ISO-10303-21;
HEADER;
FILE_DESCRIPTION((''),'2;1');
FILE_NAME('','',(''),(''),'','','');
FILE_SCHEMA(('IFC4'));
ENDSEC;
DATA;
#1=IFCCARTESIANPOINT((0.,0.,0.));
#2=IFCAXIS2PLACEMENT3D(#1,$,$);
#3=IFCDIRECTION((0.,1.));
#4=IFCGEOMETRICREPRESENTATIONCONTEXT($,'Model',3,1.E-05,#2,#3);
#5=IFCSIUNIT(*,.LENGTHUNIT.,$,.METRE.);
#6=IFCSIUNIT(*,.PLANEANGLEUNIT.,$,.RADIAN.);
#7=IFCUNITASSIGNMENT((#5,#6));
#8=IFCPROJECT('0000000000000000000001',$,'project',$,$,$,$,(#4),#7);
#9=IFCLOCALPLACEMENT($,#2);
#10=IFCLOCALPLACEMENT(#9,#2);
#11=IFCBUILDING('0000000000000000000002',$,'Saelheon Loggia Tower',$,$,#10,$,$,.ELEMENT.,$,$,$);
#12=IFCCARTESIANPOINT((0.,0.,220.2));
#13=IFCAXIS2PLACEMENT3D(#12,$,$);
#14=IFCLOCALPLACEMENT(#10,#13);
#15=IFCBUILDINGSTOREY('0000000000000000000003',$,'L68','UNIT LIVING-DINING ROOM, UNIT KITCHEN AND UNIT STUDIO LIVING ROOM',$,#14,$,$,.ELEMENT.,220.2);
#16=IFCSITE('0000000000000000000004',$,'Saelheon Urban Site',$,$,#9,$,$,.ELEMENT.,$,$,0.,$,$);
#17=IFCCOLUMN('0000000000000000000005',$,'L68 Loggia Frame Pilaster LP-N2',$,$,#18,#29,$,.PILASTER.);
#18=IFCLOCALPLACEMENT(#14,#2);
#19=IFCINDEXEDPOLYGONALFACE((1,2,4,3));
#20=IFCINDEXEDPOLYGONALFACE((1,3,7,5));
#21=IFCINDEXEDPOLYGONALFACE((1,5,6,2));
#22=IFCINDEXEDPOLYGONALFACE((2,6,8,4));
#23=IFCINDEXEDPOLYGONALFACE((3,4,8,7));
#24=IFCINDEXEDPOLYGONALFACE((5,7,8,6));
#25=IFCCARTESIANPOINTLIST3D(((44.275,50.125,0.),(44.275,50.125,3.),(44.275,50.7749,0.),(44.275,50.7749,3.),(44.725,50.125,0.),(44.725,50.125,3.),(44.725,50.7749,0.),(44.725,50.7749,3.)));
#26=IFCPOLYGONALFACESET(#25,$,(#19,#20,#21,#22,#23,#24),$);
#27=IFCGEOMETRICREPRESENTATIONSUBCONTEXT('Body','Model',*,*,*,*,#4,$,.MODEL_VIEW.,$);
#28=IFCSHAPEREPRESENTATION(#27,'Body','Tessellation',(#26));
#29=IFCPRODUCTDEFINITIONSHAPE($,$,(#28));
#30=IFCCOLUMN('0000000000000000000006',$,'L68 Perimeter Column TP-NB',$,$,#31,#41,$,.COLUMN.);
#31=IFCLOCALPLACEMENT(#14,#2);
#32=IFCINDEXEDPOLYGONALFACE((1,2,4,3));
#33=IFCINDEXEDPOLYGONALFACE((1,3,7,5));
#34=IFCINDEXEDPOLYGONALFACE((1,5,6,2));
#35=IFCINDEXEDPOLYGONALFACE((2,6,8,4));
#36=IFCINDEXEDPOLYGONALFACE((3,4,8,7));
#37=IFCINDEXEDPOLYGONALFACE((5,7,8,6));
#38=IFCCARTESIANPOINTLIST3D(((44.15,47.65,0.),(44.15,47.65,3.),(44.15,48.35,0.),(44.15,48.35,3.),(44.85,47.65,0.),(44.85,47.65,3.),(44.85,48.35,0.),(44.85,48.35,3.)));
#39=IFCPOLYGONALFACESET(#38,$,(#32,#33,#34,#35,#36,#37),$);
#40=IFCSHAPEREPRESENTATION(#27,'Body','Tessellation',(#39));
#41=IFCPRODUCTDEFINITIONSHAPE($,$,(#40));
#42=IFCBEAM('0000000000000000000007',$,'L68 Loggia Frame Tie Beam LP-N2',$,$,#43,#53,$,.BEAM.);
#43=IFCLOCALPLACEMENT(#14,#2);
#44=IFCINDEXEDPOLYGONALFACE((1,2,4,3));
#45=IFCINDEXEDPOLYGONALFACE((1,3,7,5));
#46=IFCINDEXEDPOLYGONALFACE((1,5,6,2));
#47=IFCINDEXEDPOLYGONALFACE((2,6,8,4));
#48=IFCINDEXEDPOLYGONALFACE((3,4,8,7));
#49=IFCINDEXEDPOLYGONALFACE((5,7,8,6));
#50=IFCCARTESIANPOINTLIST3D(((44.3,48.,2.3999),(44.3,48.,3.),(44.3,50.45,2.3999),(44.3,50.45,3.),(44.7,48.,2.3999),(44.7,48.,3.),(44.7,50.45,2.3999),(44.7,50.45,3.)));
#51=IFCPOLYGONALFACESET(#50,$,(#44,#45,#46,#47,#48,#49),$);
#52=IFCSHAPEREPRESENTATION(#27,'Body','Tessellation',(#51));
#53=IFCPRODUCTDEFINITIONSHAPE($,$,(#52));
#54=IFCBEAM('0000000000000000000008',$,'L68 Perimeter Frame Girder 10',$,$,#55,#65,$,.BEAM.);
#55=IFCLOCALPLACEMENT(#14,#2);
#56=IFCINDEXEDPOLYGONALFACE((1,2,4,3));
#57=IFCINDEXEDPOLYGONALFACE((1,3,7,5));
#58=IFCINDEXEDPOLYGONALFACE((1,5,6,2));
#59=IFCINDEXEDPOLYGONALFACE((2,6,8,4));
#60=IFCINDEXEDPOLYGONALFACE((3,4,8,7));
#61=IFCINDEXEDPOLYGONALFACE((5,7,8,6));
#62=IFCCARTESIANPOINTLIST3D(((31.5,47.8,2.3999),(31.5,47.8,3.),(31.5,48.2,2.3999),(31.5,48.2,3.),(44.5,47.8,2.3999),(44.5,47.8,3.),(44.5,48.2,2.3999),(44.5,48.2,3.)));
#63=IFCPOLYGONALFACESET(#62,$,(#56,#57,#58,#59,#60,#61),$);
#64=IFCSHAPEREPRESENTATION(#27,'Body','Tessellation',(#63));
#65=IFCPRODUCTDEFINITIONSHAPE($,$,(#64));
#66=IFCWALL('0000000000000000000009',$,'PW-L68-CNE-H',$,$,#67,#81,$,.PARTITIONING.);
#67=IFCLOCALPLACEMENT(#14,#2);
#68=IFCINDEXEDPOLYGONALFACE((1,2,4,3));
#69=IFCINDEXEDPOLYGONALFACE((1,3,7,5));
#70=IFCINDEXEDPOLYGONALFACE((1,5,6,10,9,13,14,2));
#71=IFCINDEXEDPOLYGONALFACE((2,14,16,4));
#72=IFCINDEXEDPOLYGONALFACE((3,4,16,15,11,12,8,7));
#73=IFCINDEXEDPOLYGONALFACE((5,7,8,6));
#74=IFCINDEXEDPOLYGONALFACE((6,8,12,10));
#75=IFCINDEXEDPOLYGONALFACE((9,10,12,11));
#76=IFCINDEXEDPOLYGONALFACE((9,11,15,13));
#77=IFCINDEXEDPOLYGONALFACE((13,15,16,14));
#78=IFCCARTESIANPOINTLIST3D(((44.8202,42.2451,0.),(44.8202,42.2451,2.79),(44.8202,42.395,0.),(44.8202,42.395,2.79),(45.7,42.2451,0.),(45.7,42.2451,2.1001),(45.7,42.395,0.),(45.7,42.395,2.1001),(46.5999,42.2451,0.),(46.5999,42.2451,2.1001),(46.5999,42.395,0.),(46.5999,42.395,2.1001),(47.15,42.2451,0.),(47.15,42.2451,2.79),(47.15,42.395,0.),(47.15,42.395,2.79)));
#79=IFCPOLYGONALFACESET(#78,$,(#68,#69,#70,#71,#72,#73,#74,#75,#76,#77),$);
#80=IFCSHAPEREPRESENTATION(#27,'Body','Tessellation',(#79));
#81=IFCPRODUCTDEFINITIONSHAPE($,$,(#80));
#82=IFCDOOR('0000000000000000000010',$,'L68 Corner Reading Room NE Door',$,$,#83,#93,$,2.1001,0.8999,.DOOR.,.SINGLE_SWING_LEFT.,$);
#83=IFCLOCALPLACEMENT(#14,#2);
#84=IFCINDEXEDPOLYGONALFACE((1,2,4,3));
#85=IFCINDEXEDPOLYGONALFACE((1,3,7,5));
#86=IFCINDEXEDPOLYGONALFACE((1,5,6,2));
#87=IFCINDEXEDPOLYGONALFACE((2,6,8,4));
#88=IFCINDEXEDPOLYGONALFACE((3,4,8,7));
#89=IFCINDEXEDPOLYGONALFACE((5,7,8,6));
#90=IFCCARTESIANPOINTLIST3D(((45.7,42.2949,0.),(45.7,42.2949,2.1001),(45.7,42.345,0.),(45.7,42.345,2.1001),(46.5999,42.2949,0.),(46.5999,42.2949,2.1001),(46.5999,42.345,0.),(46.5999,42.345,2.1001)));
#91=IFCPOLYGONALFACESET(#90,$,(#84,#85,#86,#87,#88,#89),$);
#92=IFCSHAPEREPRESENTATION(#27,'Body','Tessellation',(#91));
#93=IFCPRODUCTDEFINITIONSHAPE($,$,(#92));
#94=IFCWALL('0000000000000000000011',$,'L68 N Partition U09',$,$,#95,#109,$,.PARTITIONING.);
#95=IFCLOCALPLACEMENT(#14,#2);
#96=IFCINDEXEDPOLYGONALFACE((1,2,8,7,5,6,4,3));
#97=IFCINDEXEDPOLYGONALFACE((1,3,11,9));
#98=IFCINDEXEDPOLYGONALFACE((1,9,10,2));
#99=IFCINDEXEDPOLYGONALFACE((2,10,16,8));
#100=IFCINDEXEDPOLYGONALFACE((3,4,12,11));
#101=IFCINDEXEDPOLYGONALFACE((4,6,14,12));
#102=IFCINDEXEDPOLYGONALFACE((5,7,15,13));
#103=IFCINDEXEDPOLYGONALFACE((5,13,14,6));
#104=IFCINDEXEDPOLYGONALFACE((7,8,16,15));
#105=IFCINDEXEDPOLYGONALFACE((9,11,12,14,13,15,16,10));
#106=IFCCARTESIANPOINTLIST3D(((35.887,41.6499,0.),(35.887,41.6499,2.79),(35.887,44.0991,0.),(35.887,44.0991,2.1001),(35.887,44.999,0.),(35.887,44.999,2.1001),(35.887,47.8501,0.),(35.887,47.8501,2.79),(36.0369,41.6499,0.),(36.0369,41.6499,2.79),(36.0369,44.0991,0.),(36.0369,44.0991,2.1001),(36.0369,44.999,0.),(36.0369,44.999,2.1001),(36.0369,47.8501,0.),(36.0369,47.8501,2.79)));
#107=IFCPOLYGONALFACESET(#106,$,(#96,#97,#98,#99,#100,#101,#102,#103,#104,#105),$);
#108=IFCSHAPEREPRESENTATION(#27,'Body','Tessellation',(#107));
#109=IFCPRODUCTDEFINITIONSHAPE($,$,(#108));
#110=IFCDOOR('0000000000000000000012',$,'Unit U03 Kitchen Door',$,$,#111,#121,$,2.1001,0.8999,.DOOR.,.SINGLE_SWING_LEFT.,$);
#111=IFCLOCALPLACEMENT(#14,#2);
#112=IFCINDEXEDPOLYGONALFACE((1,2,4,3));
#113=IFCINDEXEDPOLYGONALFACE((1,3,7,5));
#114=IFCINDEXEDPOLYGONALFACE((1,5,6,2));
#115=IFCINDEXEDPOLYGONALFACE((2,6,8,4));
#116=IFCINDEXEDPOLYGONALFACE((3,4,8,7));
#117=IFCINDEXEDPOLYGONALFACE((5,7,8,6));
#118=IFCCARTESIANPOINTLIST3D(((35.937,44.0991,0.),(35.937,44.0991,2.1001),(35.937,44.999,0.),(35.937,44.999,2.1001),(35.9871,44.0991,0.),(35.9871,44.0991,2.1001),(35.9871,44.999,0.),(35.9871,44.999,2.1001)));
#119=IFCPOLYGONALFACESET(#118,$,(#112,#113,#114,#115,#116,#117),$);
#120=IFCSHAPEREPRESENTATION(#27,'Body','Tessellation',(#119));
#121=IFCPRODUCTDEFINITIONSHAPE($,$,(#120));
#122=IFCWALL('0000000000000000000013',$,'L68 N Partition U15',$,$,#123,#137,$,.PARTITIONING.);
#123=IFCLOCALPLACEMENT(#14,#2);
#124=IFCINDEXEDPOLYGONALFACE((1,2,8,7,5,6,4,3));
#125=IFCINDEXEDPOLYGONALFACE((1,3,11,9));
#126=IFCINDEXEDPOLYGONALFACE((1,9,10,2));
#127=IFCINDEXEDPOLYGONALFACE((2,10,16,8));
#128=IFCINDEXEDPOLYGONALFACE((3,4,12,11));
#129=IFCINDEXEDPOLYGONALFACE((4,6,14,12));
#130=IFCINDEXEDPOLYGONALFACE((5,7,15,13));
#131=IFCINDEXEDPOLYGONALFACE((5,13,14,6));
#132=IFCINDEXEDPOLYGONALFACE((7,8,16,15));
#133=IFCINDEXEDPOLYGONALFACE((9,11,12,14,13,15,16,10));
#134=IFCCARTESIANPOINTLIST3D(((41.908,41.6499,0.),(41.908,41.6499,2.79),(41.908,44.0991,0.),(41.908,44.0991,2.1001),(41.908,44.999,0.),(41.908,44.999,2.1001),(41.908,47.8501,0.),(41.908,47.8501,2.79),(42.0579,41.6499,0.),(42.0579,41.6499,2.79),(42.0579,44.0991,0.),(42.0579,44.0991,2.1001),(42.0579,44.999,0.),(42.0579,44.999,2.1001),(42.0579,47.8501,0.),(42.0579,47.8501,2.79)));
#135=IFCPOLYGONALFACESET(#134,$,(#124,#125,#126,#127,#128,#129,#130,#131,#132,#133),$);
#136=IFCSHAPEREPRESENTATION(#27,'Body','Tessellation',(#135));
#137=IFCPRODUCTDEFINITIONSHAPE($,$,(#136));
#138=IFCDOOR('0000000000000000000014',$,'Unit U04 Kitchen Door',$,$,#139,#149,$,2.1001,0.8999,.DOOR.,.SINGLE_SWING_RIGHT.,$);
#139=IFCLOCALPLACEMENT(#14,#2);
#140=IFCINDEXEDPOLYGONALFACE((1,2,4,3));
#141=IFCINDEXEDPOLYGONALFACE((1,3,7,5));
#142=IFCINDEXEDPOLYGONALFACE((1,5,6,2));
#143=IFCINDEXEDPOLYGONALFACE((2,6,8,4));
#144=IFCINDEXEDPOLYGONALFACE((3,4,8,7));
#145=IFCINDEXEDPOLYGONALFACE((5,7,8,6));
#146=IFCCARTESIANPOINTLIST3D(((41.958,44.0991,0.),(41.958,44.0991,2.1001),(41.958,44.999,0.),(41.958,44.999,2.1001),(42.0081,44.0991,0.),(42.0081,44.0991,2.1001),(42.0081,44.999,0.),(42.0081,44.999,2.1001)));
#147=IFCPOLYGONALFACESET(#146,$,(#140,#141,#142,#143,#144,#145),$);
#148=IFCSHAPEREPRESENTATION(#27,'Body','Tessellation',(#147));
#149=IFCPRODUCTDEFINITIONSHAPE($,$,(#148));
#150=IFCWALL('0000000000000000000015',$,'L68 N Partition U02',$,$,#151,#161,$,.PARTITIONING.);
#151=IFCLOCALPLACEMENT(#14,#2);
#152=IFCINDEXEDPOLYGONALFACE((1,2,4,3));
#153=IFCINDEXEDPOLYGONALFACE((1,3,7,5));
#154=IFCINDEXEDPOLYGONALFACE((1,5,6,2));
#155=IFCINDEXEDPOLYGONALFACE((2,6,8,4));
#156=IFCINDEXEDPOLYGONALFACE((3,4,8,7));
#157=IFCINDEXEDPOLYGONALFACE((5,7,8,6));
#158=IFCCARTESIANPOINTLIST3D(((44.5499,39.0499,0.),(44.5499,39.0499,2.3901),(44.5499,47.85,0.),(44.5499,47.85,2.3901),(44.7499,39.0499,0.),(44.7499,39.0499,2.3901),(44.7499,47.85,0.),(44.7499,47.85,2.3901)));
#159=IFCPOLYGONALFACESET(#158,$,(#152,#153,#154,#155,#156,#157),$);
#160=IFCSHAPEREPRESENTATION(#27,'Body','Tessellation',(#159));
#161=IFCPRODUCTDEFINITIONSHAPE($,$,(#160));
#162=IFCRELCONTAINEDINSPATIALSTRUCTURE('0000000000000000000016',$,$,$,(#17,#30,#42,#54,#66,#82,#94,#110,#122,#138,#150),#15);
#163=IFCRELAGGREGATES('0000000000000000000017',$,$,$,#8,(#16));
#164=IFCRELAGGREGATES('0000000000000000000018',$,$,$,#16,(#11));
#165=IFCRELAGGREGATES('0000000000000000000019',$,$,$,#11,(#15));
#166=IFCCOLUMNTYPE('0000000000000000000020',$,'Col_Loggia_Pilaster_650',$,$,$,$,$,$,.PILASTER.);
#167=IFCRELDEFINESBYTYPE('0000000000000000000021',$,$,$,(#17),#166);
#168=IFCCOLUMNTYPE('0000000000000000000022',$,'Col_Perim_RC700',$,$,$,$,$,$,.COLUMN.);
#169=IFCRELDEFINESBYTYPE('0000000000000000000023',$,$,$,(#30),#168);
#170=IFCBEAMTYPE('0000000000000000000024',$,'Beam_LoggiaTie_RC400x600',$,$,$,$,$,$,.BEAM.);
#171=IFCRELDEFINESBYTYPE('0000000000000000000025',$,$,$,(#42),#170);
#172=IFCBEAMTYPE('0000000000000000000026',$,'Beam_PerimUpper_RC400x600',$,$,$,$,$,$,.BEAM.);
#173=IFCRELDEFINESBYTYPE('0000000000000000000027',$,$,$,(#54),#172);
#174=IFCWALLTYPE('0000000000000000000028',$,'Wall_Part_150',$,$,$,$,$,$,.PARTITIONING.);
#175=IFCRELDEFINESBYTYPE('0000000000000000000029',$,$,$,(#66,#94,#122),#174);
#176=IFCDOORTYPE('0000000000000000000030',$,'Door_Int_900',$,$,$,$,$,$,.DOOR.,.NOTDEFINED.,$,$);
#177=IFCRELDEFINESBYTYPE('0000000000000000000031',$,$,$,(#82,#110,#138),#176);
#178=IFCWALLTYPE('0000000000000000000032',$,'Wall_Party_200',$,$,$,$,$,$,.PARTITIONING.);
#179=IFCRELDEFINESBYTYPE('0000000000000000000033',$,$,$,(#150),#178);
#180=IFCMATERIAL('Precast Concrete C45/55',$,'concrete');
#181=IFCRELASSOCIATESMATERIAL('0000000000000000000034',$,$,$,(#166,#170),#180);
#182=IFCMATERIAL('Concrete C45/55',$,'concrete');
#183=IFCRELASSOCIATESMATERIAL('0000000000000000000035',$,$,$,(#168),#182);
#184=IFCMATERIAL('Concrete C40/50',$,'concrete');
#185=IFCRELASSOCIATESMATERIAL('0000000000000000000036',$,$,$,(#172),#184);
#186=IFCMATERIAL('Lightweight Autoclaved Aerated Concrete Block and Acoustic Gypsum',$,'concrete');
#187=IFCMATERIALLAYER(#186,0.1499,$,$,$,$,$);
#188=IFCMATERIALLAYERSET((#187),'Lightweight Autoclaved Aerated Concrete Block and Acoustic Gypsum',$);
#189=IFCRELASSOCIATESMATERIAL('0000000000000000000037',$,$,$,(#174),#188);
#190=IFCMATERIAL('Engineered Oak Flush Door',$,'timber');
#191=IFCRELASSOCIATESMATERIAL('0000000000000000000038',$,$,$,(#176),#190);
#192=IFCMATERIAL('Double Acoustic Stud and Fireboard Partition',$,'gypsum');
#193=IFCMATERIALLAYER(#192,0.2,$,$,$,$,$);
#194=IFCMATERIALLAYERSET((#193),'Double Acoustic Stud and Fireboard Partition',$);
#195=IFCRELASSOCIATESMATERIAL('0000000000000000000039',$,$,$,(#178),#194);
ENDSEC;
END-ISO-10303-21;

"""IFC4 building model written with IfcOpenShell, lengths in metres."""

from ifc_helpers import new_model, si_unit, direction, frame, frame_2d, origin, origin_2d, place, context, subcontext, project, spatial, rectangle, extrude, source, transform, mapped, material, layer, layer_set, material_profile, profile_set, type_object, element, fill, save


model = new_model("IFC4")

# Units and contexts
model_context = context("Model", 3, precision=1e-05, world=origin(), true_north=direction((0.0, 1.0)))
body_context = subcontext(model_context, "Body", "Model", "MODEL_VIEW")
ifc_project = project(units=[si_unit("LENGTHUNIT", "METRE"), si_unit("PLANEANGLEUNIT", "RADIAN")], contexts=[model_context])

# Site, building, storey
site_placement = place(None, origin())
site = spatial("IfcSite", under=ifc_project, at=site_placement, Name="Saelheon Urban Site", CompositionType="ELEMENT", RefElevation=0.0)
building_placement = place(site_placement, origin())
building = spatial("IfcBuilding", under=site, at=building_placement, Name="Saelheon Loggia Tower", CompositionType="ELEMENT")
storey_placement = place(building_placement, frame((0.0, 0.0, 220.2)))
storey = spatial("IfcBuildingStorey", under=building, at=storey_placement, Name="L68", Description="UNIT LIVING-DINING ROOM, UNIT KITCHEN AND UNIT STUDIO LIVING ROOM", CompositionType="ELEMENT", Elevation=220.2)

# Columns
ifc_material_1 = material(Name="Precast Concrete C45/55", Category="concrete")
ifc_material_profile_1 = material_profile(ifc_material_1, rectangle(XDim=0.45, YDim=0.6499, at=origin_2d()), Name="RC-450x650")
ifc_profile_set_1 = profile_set([ifc_material_profile_1], Name="Precast Concrete C45/55")
column_type_1 = type_object("IfcColumnType", Name="Col_Loggia_Pilaster_650", PredefinedType="PILASTER", material=ifc_profile_set_1)
shared_shape_1 = source(origin(), body_context, "Body", "SweptSolid", [
    extrude(rectangle(XDim=0.45, YDim=0.6499, at=origin_2d()), origin(), (0.0, 0.0, 1.0), 3.0),
])
column_1_placement = place(storey_placement, frame((44.5, 50.45, 0.0), z_axis=(0.0, 0.0, 1.0), x_axis=(1.0, 0.0, 0.0)))
element("IfcColumn", 1, at=column_1_placement, inside=storey, type_object=column_type_1, Name="L68 Loggia Frame Pilaster LP-N2", PredefinedType="PILASTER", context=body_context, shape_type="MappedRepresentation", body=[
    mapped(shared_shape_1, transform((0.0, 0.0, 0.0), scale=1.0)),
])
ifc_material_2 = material(Name="Concrete C45/55", Category="concrete")
ifc_material_profile_2 = material_profile(ifc_material_2, rectangle(XDim=0.7, YDim=0.7, at=origin_2d()), Name="RC-700x700")
ifc_profile_set_2 = profile_set([ifc_material_profile_2], Name="Concrete C45/55")
column_type_2 = type_object("IfcColumnType", Name="Col_Perim_RC700", PredefinedType="COLUMN", material=ifc_profile_set_2)
shared_shape_2 = source(origin(), body_context, "Body", "SweptSolid", [
    extrude(rectangle(XDim=0.7, YDim=0.7, at=origin_2d()), origin(), (0.0, 0.0, 1.0), 3.0),
])
column_2_placement = place(storey_placement, frame((44.5, 48.0, 0.0), z_axis=(0.0, 0.0, 1.0), x_axis=(1.0, 0.0, 0.0)))
element("IfcColumn", 2, at=column_2_placement, inside=storey, type_object=column_type_2, Name="L68 Perimeter Column TP-NB", PredefinedType="COLUMN", context=body_context, shape_type="MappedRepresentation", body=[
    mapped(shared_shape_2, transform((0.0, 0.0, 0.0), scale=1.0)),
])

# Beams
ifc_material_profile_3 = material_profile(ifc_material_1, rectangle(XDim=0.3999, YDim=0.6001, at=origin_2d()), Name="RC-400x600")
ifc_profile_set_3 = profile_set([ifc_material_profile_3], Name="Precast Concrete C45/55")
beam_type_1 = type_object("IfcBeamType", Name="Beam_LoggiaTie_RC400x600", PredefinedType="BEAM", material=ifc_profile_set_3)
shared_shape_3 = source(origin(), body_context, "Body", "SweptSolid", [
    extrude(rectangle(XDim=0.3999, YDim=0.6001, at=origin_2d()), origin(), (0.0, 0.0, 1.0), 2.45),
])
beam_1_placement = place(storey_placement, frame((44.5, 48.0, 2.7), z_axis=(0.0, 1.0, 0.0), x_axis=(-1.0, 0.0, 0.0)))
element("IfcBeam", 3, at=beam_1_placement, inside=storey, type_object=beam_type_1, Name="L68 Loggia Frame Tie Beam LP-N2", PredefinedType="BEAM", context=body_context, shape_type="MappedRepresentation", body=[
    mapped(shared_shape_3, transform((0.0, 0.0, 0.0), scale=1.0)),
])
ifc_material_3 = material(Name="Concrete C40/50", Category="concrete")
ifc_material_profile_4 = material_profile(ifc_material_3, rectangle(XDim=0.3999, YDim=0.6001, at=origin_2d()), Name="RC-400x600")
ifc_profile_set_4 = profile_set([ifc_material_profile_4], Name="Concrete C40/50")
beam_type_2 = type_object("IfcBeamType", Name="Beam_PerimUpper_RC400x600", PredefinedType="BEAM", material=ifc_profile_set_4)
shared_shape_4 = source(origin(), body_context, "Body", "SweptSolid", [
    extrude(rectangle(XDim=0.3999, YDim=0.6001, at=origin_2d()), origin(), (0.0, 0.0, 1.0), 13.0),
])
beam_2_placement = place(storey_placement, frame((44.5, 48.0, 2.7), z_axis=(-1.0, 0.0, 0.0), x_axis=(0.0, -1.0, 0.0)))
element("IfcBeam", 4, at=beam_2_placement, inside=storey, type_object=beam_type_2, Name="L68 Perimeter Frame Girder 10", PredefinedType="BEAM", context=body_context, shape_type="MappedRepresentation", body=[
    mapped(shared_shape_4, transform((0.0, 0.0, 0.0), scale=1.0)),
])

# Walls, openings, doors
ifc_material_4 = material(Name="Lightweight Autoclaved Aerated Concrete Block and Acoustic Gypsum", Category="concrete")
ifc_layer_1 = layer(ifc_material_4, 0.1499)
ifc_layer_set_1 = layer_set([ifc_layer_1], Name="Lightweight Autoclaved Aerated Concrete Block and Acoustic Gypsum")
wall_type_1 = type_object("IfcWallType", Name="Wall_Part_150", PredefinedType="PARTITIONING", material=ifc_layer_set_1)
wall_1_placement = place(storey_placement, frame((44.8201, 42.3201, 0.0), z_axis=(0.0, 0.0, 1.0), x_axis=(1.0, 0.0, 0.0)))
wall_1 = element("IfcWall", 5, at=wall_1_placement, inside=storey, type_object=wall_type_1, Name="PW-L68-CNE-H", PredefinedType="PARTITIONING", context=body_context, shape_type="SweptSolid", body=[
    extrude(rectangle(XDim=2.3298, YDim=0.1499, at=frame_2d((1.165, 0.0))), origin(), (0.0, 0.0, 1.0), 2.79),
])
opening_1_placement = place(wall_1_placement, frame((0.8799, 0.0, 0.0)))
opening_1 = element("IfcOpeningElement", 6, at=opening_1_placement, cuts=wall_1, PredefinedType="OPENING", context=body_context, shape_type="SweptSolid", body=[
    extrude(rectangle(XDim=0.8999, YDim=2.1001, at=frame_2d((0.45, 1.05))), frame((0.0, 0.0869, 0.0), z_axis=(0.0, -1.0, 0.0), x_axis=(1.0, 0.0, 0.0)), (0.0, 0.0, 1.0), 0.1738),
])
ifc_material_5 = material(Name="Engineered Oak Flush Door", Category="timber")
door_type_1 = type_object("IfcDoorType", Name="Door_Int_900", OperationType="NOTDEFINED", PredefinedType="DOOR", material=ifc_material_5)
shared_shape_5 = source(origin(), body_context, "Body", "SweptSolid", [
    extrude(rectangle(XDim=0.8999, YDim=2.1001, at=frame_2d((0.45, 1.05))), frame((0.0, 0.0249, 0.0), z_axis=(0.0, -1.0, 0.0), x_axis=(1.0, 0.0, 0.0)), (0.0, 0.0, 1.0), 0.05),
])
door_1_placement = place(opening_1_placement, origin())
door_1 = element("IfcDoor", 7, at=door_1_placement, inside=storey, type_object=door_type_1, Name="L68 Corner Reading Room NE Door", OperationType="SINGLE_SWING_LEFT", OverallHeight=2.1001, OverallWidth=0.8999, PredefinedType="DOOR", context=body_context, shape_type="MappedRepresentation", body=[
    mapped(shared_shape_5, transform((0.0, 0.0, 0.0), scale=1.0)),
])
fill(opening_1, door_1)
wall_2_placement = place(storey_placement, frame((35.9619, 41.6499, 0.0), z_axis=(0.0, 0.0, 1.0), x_axis=(0.0, 1.0, 0.0)))
wall_2 = element("IfcWall", 8, at=wall_2_placement, inside=storey, type_object=wall_type_1, Name="L68 N Partition U09", PredefinedType="PARTITIONING", context=body_context, shape_type="SweptSolid", body=[
    extrude(rectangle(XDim=6.2002, YDim=0.1499, at=frame_2d((3.1001, 0.0))), origin(), (0.0, 0.0, 1.0), 2.79),
])
opening_2_placement = place(wall_2_placement, frame((2.4492, 0.0, 0.0)))
opening_2 = element("IfcOpeningElement", 9, at=opening_2_placement, cuts=wall_2, PredefinedType="OPENING", context=body_context, shape_type="SweptSolid", body=[
    extrude(rectangle(XDim=0.8999, YDim=2.1001, at=frame_2d((0.45, 1.05))), frame((0.0, 0.0869, 0.0), z_axis=(0.0, -1.0, 0.0), x_axis=(1.0, 0.0, 0.0)), (0.0, 0.0, 1.0), 0.1738),
])
door_2_placement = place(opening_2_placement, origin())
door_2 = element("IfcDoor", 10, at=door_2_placement, inside=storey, type_object=door_type_1, Name="Unit U03 Kitchen Door", OperationType="SINGLE_SWING_LEFT", OverallHeight=2.1001, OverallWidth=0.8999, PredefinedType="DOOR", context=body_context, shape_type="MappedRepresentation", body=[
    mapped(shared_shape_5, transform((0.0, 0.0, 0.0), scale=1.0)),
])
fill(opening_2, door_2)
wall_3_placement = place(storey_placement, frame((41.9829, 41.6499, 0.0), z_axis=(0.0, 0.0, 1.0), x_axis=(0.0, 1.0, 0.0)))
wall_3 = element("IfcWall", 11, at=wall_3_placement, inside=storey, type_object=wall_type_1, Name="L68 N Partition U15", PredefinedType="PARTITIONING", context=body_context, shape_type="SweptSolid", body=[
    extrude(rectangle(XDim=6.2002, YDim=0.1499, at=frame_2d((3.1001, 0.0))), origin(), (0.0, 0.0, 1.0), 2.79),
])
opening_3_placement = place(wall_3_placement, frame((2.4492, 0.0, 0.0)))
opening_3 = element("IfcOpeningElement", 12, at=opening_3_placement, cuts=wall_3, PredefinedType="OPENING", context=body_context, shape_type="SweptSolid", body=[
    extrude(rectangle(XDim=0.8999, YDim=2.1001, at=frame_2d((0.45, 1.05))), frame((0.0, 0.0869, 0.0), z_axis=(0.0, -1.0, 0.0), x_axis=(1.0, 0.0, 0.0)), (0.0, 0.0, 1.0), 0.1738),
])
door_3_placement = place(opening_3_placement, origin())
door_3 = element("IfcDoor", 13, at=door_3_placement, inside=storey, type_object=door_type_1, Name="Unit U04 Kitchen Door", OperationType="SINGLE_SWING_RIGHT", OverallHeight=2.1001, OverallWidth=0.8999, PredefinedType="DOOR", context=body_context, shape_type="MappedRepresentation", body=[
    mapped(shared_shape_5, transform((0.0, 0.0, 0.0), scale=1.0)),
])
fill(opening_3, door_3)

# Wall
ifc_material_6 = material(Name="Double Acoustic Stud and Fireboard Partition", Category="gypsum")
ifc_layer_2 = layer(ifc_material_6, 0.2)
ifc_layer_set_2 = layer_set([ifc_layer_2], Name="Double Acoustic Stud and Fireboard Partition")
wall_type_2 = type_object("IfcWallType", Name="Wall_Party_200", PredefinedType="PARTITIONING", material=ifc_layer_set_2)
wall_4_placement = place(storey_placement, frame((44.6499, 39.05, 0.0), z_axis=(0.0, 0.0, 1.0), x_axis=(0.0, 1.0, 0.0)))
element("IfcWall", 14, at=wall_4_placement, inside=storey, type_object=wall_type_2, Name="L68 N Partition U02", PredefinedType="PARTITIONING", context=body_context, shape_type="SweptSolid", body=[
    extrude(rectangle(XDim=8.8, YDim=0.2, at=frame_2d((4.3999, 0.0))), origin(), (0.0, 0.0, 1.0), 2.3901),
])

save(model, "model.ifc")
